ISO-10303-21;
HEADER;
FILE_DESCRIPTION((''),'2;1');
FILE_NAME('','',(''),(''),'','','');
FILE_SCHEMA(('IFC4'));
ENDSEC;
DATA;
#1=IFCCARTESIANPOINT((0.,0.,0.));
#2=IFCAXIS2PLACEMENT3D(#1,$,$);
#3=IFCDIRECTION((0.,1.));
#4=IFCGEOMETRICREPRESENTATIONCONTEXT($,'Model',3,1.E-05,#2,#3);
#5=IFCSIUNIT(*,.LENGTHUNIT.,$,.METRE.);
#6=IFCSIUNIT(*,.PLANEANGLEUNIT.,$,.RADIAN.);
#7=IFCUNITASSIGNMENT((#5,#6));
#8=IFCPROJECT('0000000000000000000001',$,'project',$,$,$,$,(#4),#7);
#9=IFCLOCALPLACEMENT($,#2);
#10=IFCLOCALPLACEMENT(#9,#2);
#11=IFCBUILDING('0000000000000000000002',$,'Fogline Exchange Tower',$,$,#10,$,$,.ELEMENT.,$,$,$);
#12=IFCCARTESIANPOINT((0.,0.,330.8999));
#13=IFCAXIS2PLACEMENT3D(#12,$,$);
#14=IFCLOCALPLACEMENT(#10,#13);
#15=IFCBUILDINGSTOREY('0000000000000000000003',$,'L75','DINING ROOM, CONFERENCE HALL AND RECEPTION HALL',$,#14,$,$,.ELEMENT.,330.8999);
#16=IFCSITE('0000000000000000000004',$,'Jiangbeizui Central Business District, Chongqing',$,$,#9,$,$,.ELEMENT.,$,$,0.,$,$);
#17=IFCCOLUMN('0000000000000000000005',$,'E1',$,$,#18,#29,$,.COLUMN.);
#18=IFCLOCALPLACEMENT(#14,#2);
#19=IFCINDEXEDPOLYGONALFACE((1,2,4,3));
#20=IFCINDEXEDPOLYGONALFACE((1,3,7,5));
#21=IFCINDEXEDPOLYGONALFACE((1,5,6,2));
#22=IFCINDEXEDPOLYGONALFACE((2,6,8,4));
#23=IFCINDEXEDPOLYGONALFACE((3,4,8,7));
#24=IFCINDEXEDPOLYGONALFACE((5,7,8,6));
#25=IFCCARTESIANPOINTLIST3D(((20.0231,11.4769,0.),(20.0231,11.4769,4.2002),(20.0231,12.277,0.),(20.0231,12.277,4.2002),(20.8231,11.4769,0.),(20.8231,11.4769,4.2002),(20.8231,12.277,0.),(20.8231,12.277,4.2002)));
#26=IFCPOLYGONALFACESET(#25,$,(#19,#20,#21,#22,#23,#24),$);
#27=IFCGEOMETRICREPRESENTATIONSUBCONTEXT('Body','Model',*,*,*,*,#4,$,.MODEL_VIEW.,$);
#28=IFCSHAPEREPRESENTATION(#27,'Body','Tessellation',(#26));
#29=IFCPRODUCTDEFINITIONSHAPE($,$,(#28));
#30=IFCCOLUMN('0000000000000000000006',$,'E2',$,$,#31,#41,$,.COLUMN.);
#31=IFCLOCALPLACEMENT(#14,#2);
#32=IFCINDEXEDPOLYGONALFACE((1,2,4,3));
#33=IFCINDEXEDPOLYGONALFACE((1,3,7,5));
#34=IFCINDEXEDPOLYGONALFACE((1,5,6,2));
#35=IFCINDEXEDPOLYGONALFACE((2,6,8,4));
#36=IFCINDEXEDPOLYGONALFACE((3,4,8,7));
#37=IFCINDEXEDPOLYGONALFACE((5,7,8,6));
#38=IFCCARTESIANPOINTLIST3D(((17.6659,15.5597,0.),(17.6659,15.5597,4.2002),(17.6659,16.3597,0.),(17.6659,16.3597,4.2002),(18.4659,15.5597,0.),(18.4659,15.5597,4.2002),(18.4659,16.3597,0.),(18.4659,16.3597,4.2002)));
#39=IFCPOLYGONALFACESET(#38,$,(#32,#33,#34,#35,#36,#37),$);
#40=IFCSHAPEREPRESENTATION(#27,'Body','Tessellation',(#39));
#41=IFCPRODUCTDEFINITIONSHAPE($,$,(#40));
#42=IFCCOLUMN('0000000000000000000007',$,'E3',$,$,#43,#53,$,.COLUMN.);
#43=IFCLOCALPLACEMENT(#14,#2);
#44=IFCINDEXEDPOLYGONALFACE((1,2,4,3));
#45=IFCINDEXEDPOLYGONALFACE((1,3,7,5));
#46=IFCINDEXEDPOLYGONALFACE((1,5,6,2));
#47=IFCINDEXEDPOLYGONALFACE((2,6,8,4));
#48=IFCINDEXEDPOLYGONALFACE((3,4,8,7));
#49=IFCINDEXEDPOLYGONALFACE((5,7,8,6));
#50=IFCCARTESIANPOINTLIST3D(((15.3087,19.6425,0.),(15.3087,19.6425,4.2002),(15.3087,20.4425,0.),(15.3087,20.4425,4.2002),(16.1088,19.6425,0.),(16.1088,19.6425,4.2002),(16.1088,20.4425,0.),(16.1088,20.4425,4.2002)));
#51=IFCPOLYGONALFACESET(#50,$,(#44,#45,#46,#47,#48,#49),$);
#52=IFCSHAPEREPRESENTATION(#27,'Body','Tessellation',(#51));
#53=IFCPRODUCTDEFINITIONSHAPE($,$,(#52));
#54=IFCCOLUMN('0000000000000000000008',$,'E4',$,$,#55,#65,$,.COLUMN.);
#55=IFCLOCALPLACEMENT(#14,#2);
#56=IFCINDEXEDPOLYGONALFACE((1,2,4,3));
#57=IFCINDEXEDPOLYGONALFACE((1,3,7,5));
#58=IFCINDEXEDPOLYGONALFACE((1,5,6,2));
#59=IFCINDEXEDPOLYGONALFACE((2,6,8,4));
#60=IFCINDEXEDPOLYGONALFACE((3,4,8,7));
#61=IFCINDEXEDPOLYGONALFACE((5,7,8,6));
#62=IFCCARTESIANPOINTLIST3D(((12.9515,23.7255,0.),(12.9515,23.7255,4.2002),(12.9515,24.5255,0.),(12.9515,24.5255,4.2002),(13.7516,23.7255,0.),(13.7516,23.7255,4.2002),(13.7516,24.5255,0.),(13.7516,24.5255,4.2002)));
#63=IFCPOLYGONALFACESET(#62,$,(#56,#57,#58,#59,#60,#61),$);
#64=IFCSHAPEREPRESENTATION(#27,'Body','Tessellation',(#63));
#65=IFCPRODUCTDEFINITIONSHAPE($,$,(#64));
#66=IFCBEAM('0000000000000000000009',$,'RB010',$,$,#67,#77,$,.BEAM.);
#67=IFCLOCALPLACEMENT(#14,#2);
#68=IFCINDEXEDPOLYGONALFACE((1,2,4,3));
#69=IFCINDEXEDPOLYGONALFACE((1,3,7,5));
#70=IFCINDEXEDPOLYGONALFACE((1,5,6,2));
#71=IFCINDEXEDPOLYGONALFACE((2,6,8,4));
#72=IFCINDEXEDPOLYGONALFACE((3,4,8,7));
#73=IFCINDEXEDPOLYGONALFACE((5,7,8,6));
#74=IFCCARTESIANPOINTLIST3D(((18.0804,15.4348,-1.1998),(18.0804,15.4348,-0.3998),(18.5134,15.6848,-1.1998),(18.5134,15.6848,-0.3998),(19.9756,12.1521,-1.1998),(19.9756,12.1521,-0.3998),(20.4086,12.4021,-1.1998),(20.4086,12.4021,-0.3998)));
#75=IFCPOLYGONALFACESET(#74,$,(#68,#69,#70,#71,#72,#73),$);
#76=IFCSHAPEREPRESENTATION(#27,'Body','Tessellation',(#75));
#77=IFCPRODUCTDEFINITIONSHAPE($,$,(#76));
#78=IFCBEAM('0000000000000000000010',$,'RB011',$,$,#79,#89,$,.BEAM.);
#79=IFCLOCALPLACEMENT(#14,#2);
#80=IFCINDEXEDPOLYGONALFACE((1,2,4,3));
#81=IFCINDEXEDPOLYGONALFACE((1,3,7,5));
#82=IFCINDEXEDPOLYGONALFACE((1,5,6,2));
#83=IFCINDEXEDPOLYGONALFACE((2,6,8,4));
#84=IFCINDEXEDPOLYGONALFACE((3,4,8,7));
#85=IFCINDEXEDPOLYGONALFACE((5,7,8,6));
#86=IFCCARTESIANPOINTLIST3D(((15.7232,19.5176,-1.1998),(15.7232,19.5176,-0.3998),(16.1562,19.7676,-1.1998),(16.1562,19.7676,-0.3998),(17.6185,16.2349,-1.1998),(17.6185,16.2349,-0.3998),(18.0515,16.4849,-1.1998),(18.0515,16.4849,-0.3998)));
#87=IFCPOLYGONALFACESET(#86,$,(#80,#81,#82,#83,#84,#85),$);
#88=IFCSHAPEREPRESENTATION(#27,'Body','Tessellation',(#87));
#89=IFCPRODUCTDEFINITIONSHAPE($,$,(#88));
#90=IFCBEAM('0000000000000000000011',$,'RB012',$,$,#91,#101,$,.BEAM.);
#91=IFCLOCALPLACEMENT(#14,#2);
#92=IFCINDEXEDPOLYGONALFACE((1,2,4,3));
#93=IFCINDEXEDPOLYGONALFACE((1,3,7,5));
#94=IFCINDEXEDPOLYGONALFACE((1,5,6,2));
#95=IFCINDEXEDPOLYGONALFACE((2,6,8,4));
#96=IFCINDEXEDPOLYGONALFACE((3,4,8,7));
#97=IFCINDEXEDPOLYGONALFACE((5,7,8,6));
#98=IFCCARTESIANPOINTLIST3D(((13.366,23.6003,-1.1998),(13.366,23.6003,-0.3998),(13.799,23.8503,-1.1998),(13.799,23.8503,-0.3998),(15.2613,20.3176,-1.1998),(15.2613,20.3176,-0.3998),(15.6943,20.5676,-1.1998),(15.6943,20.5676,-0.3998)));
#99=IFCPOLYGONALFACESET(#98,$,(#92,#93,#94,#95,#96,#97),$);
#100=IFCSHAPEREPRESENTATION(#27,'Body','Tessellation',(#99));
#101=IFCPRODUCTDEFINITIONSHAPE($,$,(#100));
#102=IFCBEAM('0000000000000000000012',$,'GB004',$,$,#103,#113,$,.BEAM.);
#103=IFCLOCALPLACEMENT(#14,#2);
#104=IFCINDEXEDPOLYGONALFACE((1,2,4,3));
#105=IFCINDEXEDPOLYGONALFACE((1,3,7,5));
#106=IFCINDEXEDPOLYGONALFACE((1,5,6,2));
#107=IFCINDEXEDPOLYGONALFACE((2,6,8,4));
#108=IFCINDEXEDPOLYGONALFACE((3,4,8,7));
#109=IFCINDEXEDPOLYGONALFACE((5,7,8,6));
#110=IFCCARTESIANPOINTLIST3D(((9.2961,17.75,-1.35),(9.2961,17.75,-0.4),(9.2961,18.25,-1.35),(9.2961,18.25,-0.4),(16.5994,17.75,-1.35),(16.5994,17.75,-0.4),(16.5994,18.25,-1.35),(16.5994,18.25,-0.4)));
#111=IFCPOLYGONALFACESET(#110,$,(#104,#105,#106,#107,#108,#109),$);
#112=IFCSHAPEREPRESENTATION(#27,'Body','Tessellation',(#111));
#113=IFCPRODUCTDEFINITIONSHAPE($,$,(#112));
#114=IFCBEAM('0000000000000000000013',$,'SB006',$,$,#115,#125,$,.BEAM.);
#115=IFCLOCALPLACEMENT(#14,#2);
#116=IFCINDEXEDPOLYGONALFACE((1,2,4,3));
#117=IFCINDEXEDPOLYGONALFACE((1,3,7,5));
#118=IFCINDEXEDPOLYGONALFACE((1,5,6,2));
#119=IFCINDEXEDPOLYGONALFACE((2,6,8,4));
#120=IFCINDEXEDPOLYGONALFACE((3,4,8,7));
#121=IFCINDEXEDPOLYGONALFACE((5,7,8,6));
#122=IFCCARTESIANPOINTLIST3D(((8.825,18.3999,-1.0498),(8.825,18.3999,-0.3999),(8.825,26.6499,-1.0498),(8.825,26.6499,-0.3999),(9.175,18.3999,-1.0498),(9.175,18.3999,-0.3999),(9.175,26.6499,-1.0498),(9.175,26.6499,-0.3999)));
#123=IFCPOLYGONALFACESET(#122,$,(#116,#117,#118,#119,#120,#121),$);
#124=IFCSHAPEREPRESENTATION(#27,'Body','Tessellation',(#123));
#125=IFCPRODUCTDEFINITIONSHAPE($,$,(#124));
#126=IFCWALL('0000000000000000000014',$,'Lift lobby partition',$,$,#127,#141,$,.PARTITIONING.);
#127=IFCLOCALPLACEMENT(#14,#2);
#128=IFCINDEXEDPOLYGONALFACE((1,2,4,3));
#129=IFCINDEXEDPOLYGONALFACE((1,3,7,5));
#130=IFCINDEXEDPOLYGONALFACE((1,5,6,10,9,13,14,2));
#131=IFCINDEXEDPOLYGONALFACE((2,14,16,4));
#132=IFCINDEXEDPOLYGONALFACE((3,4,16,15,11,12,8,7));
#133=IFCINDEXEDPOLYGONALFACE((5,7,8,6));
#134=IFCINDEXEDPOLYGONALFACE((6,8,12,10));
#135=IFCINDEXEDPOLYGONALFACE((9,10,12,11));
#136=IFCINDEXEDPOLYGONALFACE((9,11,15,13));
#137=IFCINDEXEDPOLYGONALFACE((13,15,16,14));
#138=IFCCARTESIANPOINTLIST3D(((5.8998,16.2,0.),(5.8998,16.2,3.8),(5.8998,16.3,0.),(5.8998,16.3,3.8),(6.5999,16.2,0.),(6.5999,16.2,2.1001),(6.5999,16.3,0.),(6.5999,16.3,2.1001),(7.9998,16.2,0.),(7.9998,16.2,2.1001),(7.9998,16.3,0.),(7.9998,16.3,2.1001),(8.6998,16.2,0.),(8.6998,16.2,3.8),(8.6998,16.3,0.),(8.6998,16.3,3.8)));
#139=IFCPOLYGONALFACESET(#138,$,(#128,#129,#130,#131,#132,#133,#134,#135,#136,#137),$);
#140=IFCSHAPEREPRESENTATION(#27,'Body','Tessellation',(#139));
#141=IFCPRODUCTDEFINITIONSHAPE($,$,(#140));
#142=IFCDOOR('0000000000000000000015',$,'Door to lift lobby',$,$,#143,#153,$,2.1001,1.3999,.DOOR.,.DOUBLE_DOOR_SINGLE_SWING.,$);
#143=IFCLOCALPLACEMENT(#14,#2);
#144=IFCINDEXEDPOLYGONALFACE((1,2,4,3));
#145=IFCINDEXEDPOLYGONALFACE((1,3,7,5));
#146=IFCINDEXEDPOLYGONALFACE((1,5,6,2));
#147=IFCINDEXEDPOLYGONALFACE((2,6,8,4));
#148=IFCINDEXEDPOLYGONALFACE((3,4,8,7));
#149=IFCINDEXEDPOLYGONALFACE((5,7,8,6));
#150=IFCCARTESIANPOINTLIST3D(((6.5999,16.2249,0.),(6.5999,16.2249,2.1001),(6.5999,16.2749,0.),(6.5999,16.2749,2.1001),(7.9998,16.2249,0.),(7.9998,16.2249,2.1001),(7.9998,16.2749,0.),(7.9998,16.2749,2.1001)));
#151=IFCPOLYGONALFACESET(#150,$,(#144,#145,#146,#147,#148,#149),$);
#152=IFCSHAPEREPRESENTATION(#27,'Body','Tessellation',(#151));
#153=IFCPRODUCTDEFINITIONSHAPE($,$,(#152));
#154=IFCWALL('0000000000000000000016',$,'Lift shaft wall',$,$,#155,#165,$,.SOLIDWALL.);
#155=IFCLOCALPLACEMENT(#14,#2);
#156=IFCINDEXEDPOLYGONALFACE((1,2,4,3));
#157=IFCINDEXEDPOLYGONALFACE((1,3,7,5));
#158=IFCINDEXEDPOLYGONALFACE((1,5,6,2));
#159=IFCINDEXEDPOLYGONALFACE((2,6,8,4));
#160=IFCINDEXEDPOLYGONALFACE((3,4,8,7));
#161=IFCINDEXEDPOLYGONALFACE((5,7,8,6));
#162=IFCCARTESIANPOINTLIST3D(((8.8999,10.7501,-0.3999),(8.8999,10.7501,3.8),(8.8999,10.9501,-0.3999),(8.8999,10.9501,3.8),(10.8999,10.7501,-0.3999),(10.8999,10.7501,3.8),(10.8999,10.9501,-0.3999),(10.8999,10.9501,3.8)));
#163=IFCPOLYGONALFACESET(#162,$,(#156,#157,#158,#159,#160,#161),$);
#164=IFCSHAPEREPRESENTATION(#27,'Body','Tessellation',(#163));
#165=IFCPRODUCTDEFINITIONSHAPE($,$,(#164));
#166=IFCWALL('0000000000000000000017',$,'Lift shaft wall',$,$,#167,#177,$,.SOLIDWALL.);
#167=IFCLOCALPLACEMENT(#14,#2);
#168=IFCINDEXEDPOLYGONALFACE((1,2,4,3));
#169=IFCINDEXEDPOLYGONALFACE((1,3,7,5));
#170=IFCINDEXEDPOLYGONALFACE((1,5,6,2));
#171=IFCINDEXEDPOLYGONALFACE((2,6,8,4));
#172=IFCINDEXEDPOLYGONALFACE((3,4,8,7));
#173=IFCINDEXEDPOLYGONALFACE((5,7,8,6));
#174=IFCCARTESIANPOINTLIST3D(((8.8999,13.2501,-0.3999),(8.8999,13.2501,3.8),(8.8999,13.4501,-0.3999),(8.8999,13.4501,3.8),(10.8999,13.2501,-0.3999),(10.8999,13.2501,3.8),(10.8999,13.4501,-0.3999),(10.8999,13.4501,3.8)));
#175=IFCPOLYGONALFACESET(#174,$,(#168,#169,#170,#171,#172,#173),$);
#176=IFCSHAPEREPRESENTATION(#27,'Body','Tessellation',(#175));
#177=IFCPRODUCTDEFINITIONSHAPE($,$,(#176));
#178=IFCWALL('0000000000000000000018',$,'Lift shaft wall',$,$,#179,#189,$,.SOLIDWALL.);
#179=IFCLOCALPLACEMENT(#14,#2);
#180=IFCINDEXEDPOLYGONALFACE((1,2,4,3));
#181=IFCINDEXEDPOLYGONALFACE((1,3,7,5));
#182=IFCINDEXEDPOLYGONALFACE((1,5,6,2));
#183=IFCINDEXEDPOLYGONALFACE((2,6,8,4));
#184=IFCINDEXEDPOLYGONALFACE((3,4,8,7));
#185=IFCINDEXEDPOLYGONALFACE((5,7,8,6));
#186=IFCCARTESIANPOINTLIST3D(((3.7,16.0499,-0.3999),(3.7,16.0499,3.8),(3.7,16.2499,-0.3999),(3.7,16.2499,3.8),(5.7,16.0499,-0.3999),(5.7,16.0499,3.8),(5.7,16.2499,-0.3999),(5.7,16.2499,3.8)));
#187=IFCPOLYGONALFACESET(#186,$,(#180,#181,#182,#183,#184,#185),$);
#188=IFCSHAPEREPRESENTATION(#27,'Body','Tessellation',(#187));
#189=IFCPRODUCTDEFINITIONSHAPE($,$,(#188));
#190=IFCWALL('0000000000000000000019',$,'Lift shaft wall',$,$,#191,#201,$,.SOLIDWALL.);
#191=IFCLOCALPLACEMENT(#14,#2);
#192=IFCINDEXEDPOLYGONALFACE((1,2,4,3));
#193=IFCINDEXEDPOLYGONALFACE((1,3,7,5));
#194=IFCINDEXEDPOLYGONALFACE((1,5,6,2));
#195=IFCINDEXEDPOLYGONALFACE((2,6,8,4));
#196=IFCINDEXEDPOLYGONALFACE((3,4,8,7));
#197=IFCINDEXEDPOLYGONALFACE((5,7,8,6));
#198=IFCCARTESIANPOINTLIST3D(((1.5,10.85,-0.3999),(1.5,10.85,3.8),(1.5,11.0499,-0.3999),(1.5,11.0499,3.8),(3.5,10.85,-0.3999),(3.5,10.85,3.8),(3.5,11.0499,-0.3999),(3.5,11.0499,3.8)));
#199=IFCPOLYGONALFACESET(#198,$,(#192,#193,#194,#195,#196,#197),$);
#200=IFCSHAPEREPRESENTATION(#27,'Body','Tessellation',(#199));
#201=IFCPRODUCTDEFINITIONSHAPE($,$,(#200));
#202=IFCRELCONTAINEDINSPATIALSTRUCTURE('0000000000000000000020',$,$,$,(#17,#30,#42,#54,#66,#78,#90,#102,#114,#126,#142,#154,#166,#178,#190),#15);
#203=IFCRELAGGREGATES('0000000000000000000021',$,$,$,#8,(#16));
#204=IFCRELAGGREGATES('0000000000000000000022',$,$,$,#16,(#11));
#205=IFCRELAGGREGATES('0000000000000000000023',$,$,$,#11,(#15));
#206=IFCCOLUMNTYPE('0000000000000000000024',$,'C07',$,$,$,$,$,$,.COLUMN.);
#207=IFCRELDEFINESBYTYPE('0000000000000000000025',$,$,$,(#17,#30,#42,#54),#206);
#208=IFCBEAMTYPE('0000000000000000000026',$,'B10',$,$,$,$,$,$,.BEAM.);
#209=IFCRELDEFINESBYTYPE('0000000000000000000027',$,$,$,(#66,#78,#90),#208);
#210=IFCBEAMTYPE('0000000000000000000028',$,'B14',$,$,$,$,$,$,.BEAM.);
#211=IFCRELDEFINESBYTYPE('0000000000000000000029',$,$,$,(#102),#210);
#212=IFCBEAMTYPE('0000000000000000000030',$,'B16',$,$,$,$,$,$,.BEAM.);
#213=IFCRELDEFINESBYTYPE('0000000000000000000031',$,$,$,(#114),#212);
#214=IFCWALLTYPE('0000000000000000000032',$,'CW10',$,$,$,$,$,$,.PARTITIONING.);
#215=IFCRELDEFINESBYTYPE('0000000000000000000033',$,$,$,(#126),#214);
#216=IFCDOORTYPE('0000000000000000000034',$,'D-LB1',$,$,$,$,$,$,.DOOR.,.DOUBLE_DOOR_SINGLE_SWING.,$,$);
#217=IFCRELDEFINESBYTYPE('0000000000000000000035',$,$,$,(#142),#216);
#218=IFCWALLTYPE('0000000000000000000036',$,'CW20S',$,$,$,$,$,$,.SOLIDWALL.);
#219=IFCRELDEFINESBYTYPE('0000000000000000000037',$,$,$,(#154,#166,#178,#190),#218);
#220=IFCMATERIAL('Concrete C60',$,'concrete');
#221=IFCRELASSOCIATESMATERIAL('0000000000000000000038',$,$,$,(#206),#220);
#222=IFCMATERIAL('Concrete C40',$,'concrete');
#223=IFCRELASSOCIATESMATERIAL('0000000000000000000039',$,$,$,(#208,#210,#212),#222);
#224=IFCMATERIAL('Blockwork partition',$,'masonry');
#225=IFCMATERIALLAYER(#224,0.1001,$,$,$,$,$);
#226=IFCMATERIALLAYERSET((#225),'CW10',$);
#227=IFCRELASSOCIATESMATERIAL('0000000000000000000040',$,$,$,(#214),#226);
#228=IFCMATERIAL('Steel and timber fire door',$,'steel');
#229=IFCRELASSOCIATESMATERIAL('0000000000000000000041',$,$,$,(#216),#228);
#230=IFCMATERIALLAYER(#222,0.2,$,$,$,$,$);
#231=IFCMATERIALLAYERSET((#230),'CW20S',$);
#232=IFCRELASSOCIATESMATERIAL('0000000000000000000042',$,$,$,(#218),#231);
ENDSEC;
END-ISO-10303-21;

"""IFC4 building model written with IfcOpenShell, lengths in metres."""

from ifc_helpers import new_model, si_unit, direction, frame, frame_2d, origin, origin_2d, place, context, subcontext, project, spatial, rectangle, extrude, material, layer, layer_set, material_profile, profile_set, type_object, element, fill, save


model = new_model("IFC4")

# Units and contexts
model_context = context("Model", 3, precision=1e-05, world=origin(), true_north=direction((0.0, 1.0)))
body_context = subcontext(model_context, "Body", "Model", "MODEL_VIEW")
ifc_project = project(units=[si_unit("LENGTHUNIT", "METRE"), si_unit("PLANEANGLEUNIT", "RADIAN")], contexts=[model_context])

# Site, building, storey
site_placement = place(None, origin())
site = spatial("IfcSite", under=ifc_project, at=site_placement, Name="Jiangbeizui Central Business District, Chongqing", CompositionType="ELEMENT", RefElevation=0.0)
building_placement = place(site_placement, origin())
building = spatial("IfcBuilding", under=site, at=building_placement, Name="Fogline Exchange Tower", CompositionType="ELEMENT")
storey_placement = place(building_placement, frame((0.0, 0.0, 330.8999)))
storey = spatial("IfcBuildingStorey", under=building, at=storey_placement, Name="L75", Description="DINING ROOM, CONFERENCE HALL AND RECEPTION HALL", CompositionType="ELEMENT", Elevation=330.8999)

# Columns
ifc_material_1 = material(Name="Concrete C60", Category="concrete")
ifc_material_profile_1 = material_profile(ifc_material_1, rectangle(XDim=0.8, YDim=0.8, at=origin_2d()), Name="RC 800x800")
ifc_profile_set_1 = profile_set([ifc_material_profile_1], Name="Concrete C60")
column_type = type_object("IfcColumnType", Name="C07", PredefinedType="COLUMN", material=ifc_profile_set_1)
for number, where, z_axis, x_axis, name in (
    (1, (20.4231, 11.877, 0.0), (0.0, 0.0, 1.0), (1.0, 0.0, 0.0), "E1"),
    (2, (18.0659, 15.9597, 0.0), (0.0, 0.0, 1.0), (1.0, 0.0, 0.0), "E2"),
    (3, (15.7087, 20.0425, 0.0), (0.0, 0.0, 1.0), (1.0, 0.0, 0.0), "E3"),
    (4, (13.3516, 24.1255, 0.0), (0.0, 0.0, 1.0), (1.0, 0.0, 0.0), "E4"),
):
    element("IfcColumn", number, at=place(storey_placement, frame(where, z_axis=z_axis, x_axis=x_axis)), inside=storey, type_object=column_type, Name=name, PredefinedType="COLUMN", context=body_context, shape_type="SweptSolid", body=[
        extrude(rectangle(XDim=0.8, YDim=0.8, at=origin_2d()), origin(), (0.0, 0.0, 1.0), 4.2002),
    ])

# Beams
ifc_material_2 = material(Name="Concrete C40", Category="concrete")
ifc_material_profile_2 = material_profile(ifc_material_2, rectangle(XDim=0.5, YDim=0.8, at=origin_2d()), Name="RC 500x800")
ifc_profile_set_2 = profile_set([ifc_material_profile_2], Name="Concrete C40")
beam_type_1 = type_object("IfcBeamType", Name="B10", PredefinedType="BEAM", material=ifc_profile_set_2)
for number, where, z_axis, x_axis, name in (
    (5, (20.1921, 12.2771, -0.7998), (-0.499998, 0.866027, 0.0), (-0.866027, -0.499998, 0.0), "RB010"),
    (6, (17.835, 16.3599, -0.7998), (-0.499998, 0.866027, 0.0), (-0.866027, -0.499998, 0.0), "RB011"),
    (7, (15.4778, 20.4426, -0.7998), (-0.499998, 0.866027, 0.0), (-0.866027, -0.499998, 0.0), "RB012"),
):
    element("IfcBeam", number, at=place(storey_placement, frame(where, z_axis=z_axis, x_axis=x_axis)), inside=storey, type_object=beam_type_1, Name=name, PredefinedType="BEAM", context=body_context, shape_type="SweptSolid", body=[
        extrude(rectangle(XDim=0.5, YDim=0.8, at=origin_2d()), origin(), (0.0, 0.0, 1.0), 3.7905),
    ])
ifc_material_profile_3 = material_profile(ifc_material_2, rectangle(XDim=0.5, YDim=0.95, at=origin_2d()), Name="RC 500x950")
ifc_profile_set_3 = profile_set([ifc_material_profile_3], Name="Concrete C40")
beam_type_2 = type_object("IfcBeamType", Name="B14", PredefinedType="BEAM", material=ifc_profile_set_3)
beam_1_placement = place(storey_placement, frame((9.2961, 18.0, -0.875), z_axis=(1.0, 0.0, 0.0), x_axis=(0.0, 1.0, 0.0)))
element("IfcBeam", 8, at=beam_1_placement, inside=storey, type_object=beam_type_2, Name="GB004", PredefinedType="BEAM", context=body_context, shape_type="SweptSolid", body=[
    extrude(rectangle(XDim=0.5, YDim=0.95, at=origin_2d()), origin(), (0.0, 0.0, 1.0), 7.3032),
])
ifc_material_profile_4 = material_profile(ifc_material_2, rectangle(XDim=0.3501, YDim=0.6499, at=origin_2d()), Name="RC 350x650")
ifc_profile_set_4 = profile_set([ifc_material_profile_4], Name="Concrete C40")
beam_type_3 = type_object("IfcBeamType", Name="B16", PredefinedType="BEAM", material=ifc_profile_set_4)
beam_2_placement = place(storey_placement, frame((9.0, 18.3999, -0.7249), z_axis=(0.0, 1.0, 0.0), x_axis=(-1.0, 0.0, 0.0)))
element("IfcBeam", 9, at=beam_2_placement, inside=storey, type_object=beam_type_3, Name="SB006", PredefinedType="BEAM", context=body_context, shape_type="SweptSolid", body=[
    extrude(rectangle(XDim=0.3501, YDim=0.6499, at=origin_2d()), origin(), (0.0, 0.0, 1.0), 8.25),
])

# Wall, opening, door
ifc_material_3 = material(Name="Blockwork partition", Category="masonry")
ifc_layer_1 = layer(ifc_material_3, 0.1001)
ifc_layer_set_1 = layer_set([ifc_layer_1], Name="CW10")
wall_type_1 = type_object("IfcWallType", Name="CW10", PredefinedType="PARTITIONING", material=ifc_layer_set_1)
wall_1_placement = place(storey_placement, frame((5.8999, 16.25, 0.0), z_axis=(0.0, 0.0, 1.0), x_axis=(1.0, 0.0, 0.0)))
wall_1 = element("IfcWall", 10, at=wall_1_placement, inside=storey, type_object=wall_type_1, Name="Lift lobby partition", PredefinedType="PARTITIONING", context=body_context, shape_type="SweptSolid", body=[
    extrude(rectangle(XDim=2.8, YDim=0.1001, at=frame_2d((1.3999, 0.0))), origin(), (0.0, 0.0, 1.0), 3.8),
])
opening_1_placement = place(wall_1_placement, frame((0.7, 0.0, 0.0)))
opening_1 = element("IfcOpeningElement", 11, at=opening_1_placement, cuts=wall_1, PredefinedType="OPENING", context=body_context, shape_type="SweptSolid", body=[
    extrude(rectangle(XDim=1.3999, YDim=2.1001, at=frame_2d((0.7, 1.05))), frame((0.0, 0.0601, 0.0), z_axis=(0.0, -1.0, 0.0), x_axis=(1.0, 0.0, 0.0)), (0.0, 0.0, 1.0), 0.1201),
])
ifc_material_4 = material(Name="Steel and timber fire door", Category="steel")
door_type_1 = type_object("IfcDoorType", Name="D-LB1", OperationType="DOUBLE_DOOR_SINGLE_SWING", PredefinedType="DOOR", material=ifc_material_4)
door_1_placement = place(opening_1_placement, origin())
door_1 = element("IfcDoor", 12, at=door_1_placement, inside=storey, type_object=door_type_1, Name="Door to lift lobby", OperationType="DOUBLE_DOOR_SINGLE_SWING", OverallHeight=2.1001, OverallWidth=1.3999, PredefinedType="DOOR", context=body_context, shape_type="SweptSolid", body=[
    extrude(rectangle(XDim=1.3999, YDim=2.1001, at=frame_2d((0.7, 1.05))), frame((0.0, 0.0249, 0.0), z_axis=(0.0, -1.0, 0.0), x_axis=(1.0, 0.0, 0.0)), (0.0, 0.0, 1.0), 0.05),
])
fill(opening_1, door_1)

# Walls
ifc_layer_2 = layer(ifc_material_2, 0.2)
ifc_layer_set_2 = layer_set([ifc_layer_2], Name="CW20S")
wall_type_2 = type_object("IfcWallType", Name="CW20S", PredefinedType="SOLIDWALL", material=ifc_layer_set_2)
for number, where, z_axis, x_axis, name in (
    (13, (8.8999, 10.8501, -0.3999), (0.0, 0.0, 1.0), (1.0, 0.0, 0.0), "Lift shaft wall"),
    (14, (8.8999, 13.3501, -0.3999), (0.0, 0.0, 1.0), (1.0, 0.0, 0.0), "Lift shaft wall"),
    (15, (3.7, 16.1499, -0.3999), (0.0, 0.0, 1.0), (1.0, 0.0, 0.0), "Lift shaft wall"),
    (16, (1.5, 10.95, -0.3999), (0.0, 0.0, 1.0), (1.0, 0.0, 0.0), "Lift shaft wall"),
):
    element("IfcWall", number, at=place(storey_placement, frame(where, z_axis=z_axis, x_axis=x_axis)), inside=storey, type_object=wall_type_2, Name=name, PredefinedType="SOLIDWALL", context=body_context, shape_type="SweptSolid", body=[
        extrude(rectangle(XDim=2.0, YDim=0.2, at=frame_2d((1.0, 0.0))), origin(), (0.0, 0.0, 1.0), 4.2),
    ])

save(model, "model.ifc")
